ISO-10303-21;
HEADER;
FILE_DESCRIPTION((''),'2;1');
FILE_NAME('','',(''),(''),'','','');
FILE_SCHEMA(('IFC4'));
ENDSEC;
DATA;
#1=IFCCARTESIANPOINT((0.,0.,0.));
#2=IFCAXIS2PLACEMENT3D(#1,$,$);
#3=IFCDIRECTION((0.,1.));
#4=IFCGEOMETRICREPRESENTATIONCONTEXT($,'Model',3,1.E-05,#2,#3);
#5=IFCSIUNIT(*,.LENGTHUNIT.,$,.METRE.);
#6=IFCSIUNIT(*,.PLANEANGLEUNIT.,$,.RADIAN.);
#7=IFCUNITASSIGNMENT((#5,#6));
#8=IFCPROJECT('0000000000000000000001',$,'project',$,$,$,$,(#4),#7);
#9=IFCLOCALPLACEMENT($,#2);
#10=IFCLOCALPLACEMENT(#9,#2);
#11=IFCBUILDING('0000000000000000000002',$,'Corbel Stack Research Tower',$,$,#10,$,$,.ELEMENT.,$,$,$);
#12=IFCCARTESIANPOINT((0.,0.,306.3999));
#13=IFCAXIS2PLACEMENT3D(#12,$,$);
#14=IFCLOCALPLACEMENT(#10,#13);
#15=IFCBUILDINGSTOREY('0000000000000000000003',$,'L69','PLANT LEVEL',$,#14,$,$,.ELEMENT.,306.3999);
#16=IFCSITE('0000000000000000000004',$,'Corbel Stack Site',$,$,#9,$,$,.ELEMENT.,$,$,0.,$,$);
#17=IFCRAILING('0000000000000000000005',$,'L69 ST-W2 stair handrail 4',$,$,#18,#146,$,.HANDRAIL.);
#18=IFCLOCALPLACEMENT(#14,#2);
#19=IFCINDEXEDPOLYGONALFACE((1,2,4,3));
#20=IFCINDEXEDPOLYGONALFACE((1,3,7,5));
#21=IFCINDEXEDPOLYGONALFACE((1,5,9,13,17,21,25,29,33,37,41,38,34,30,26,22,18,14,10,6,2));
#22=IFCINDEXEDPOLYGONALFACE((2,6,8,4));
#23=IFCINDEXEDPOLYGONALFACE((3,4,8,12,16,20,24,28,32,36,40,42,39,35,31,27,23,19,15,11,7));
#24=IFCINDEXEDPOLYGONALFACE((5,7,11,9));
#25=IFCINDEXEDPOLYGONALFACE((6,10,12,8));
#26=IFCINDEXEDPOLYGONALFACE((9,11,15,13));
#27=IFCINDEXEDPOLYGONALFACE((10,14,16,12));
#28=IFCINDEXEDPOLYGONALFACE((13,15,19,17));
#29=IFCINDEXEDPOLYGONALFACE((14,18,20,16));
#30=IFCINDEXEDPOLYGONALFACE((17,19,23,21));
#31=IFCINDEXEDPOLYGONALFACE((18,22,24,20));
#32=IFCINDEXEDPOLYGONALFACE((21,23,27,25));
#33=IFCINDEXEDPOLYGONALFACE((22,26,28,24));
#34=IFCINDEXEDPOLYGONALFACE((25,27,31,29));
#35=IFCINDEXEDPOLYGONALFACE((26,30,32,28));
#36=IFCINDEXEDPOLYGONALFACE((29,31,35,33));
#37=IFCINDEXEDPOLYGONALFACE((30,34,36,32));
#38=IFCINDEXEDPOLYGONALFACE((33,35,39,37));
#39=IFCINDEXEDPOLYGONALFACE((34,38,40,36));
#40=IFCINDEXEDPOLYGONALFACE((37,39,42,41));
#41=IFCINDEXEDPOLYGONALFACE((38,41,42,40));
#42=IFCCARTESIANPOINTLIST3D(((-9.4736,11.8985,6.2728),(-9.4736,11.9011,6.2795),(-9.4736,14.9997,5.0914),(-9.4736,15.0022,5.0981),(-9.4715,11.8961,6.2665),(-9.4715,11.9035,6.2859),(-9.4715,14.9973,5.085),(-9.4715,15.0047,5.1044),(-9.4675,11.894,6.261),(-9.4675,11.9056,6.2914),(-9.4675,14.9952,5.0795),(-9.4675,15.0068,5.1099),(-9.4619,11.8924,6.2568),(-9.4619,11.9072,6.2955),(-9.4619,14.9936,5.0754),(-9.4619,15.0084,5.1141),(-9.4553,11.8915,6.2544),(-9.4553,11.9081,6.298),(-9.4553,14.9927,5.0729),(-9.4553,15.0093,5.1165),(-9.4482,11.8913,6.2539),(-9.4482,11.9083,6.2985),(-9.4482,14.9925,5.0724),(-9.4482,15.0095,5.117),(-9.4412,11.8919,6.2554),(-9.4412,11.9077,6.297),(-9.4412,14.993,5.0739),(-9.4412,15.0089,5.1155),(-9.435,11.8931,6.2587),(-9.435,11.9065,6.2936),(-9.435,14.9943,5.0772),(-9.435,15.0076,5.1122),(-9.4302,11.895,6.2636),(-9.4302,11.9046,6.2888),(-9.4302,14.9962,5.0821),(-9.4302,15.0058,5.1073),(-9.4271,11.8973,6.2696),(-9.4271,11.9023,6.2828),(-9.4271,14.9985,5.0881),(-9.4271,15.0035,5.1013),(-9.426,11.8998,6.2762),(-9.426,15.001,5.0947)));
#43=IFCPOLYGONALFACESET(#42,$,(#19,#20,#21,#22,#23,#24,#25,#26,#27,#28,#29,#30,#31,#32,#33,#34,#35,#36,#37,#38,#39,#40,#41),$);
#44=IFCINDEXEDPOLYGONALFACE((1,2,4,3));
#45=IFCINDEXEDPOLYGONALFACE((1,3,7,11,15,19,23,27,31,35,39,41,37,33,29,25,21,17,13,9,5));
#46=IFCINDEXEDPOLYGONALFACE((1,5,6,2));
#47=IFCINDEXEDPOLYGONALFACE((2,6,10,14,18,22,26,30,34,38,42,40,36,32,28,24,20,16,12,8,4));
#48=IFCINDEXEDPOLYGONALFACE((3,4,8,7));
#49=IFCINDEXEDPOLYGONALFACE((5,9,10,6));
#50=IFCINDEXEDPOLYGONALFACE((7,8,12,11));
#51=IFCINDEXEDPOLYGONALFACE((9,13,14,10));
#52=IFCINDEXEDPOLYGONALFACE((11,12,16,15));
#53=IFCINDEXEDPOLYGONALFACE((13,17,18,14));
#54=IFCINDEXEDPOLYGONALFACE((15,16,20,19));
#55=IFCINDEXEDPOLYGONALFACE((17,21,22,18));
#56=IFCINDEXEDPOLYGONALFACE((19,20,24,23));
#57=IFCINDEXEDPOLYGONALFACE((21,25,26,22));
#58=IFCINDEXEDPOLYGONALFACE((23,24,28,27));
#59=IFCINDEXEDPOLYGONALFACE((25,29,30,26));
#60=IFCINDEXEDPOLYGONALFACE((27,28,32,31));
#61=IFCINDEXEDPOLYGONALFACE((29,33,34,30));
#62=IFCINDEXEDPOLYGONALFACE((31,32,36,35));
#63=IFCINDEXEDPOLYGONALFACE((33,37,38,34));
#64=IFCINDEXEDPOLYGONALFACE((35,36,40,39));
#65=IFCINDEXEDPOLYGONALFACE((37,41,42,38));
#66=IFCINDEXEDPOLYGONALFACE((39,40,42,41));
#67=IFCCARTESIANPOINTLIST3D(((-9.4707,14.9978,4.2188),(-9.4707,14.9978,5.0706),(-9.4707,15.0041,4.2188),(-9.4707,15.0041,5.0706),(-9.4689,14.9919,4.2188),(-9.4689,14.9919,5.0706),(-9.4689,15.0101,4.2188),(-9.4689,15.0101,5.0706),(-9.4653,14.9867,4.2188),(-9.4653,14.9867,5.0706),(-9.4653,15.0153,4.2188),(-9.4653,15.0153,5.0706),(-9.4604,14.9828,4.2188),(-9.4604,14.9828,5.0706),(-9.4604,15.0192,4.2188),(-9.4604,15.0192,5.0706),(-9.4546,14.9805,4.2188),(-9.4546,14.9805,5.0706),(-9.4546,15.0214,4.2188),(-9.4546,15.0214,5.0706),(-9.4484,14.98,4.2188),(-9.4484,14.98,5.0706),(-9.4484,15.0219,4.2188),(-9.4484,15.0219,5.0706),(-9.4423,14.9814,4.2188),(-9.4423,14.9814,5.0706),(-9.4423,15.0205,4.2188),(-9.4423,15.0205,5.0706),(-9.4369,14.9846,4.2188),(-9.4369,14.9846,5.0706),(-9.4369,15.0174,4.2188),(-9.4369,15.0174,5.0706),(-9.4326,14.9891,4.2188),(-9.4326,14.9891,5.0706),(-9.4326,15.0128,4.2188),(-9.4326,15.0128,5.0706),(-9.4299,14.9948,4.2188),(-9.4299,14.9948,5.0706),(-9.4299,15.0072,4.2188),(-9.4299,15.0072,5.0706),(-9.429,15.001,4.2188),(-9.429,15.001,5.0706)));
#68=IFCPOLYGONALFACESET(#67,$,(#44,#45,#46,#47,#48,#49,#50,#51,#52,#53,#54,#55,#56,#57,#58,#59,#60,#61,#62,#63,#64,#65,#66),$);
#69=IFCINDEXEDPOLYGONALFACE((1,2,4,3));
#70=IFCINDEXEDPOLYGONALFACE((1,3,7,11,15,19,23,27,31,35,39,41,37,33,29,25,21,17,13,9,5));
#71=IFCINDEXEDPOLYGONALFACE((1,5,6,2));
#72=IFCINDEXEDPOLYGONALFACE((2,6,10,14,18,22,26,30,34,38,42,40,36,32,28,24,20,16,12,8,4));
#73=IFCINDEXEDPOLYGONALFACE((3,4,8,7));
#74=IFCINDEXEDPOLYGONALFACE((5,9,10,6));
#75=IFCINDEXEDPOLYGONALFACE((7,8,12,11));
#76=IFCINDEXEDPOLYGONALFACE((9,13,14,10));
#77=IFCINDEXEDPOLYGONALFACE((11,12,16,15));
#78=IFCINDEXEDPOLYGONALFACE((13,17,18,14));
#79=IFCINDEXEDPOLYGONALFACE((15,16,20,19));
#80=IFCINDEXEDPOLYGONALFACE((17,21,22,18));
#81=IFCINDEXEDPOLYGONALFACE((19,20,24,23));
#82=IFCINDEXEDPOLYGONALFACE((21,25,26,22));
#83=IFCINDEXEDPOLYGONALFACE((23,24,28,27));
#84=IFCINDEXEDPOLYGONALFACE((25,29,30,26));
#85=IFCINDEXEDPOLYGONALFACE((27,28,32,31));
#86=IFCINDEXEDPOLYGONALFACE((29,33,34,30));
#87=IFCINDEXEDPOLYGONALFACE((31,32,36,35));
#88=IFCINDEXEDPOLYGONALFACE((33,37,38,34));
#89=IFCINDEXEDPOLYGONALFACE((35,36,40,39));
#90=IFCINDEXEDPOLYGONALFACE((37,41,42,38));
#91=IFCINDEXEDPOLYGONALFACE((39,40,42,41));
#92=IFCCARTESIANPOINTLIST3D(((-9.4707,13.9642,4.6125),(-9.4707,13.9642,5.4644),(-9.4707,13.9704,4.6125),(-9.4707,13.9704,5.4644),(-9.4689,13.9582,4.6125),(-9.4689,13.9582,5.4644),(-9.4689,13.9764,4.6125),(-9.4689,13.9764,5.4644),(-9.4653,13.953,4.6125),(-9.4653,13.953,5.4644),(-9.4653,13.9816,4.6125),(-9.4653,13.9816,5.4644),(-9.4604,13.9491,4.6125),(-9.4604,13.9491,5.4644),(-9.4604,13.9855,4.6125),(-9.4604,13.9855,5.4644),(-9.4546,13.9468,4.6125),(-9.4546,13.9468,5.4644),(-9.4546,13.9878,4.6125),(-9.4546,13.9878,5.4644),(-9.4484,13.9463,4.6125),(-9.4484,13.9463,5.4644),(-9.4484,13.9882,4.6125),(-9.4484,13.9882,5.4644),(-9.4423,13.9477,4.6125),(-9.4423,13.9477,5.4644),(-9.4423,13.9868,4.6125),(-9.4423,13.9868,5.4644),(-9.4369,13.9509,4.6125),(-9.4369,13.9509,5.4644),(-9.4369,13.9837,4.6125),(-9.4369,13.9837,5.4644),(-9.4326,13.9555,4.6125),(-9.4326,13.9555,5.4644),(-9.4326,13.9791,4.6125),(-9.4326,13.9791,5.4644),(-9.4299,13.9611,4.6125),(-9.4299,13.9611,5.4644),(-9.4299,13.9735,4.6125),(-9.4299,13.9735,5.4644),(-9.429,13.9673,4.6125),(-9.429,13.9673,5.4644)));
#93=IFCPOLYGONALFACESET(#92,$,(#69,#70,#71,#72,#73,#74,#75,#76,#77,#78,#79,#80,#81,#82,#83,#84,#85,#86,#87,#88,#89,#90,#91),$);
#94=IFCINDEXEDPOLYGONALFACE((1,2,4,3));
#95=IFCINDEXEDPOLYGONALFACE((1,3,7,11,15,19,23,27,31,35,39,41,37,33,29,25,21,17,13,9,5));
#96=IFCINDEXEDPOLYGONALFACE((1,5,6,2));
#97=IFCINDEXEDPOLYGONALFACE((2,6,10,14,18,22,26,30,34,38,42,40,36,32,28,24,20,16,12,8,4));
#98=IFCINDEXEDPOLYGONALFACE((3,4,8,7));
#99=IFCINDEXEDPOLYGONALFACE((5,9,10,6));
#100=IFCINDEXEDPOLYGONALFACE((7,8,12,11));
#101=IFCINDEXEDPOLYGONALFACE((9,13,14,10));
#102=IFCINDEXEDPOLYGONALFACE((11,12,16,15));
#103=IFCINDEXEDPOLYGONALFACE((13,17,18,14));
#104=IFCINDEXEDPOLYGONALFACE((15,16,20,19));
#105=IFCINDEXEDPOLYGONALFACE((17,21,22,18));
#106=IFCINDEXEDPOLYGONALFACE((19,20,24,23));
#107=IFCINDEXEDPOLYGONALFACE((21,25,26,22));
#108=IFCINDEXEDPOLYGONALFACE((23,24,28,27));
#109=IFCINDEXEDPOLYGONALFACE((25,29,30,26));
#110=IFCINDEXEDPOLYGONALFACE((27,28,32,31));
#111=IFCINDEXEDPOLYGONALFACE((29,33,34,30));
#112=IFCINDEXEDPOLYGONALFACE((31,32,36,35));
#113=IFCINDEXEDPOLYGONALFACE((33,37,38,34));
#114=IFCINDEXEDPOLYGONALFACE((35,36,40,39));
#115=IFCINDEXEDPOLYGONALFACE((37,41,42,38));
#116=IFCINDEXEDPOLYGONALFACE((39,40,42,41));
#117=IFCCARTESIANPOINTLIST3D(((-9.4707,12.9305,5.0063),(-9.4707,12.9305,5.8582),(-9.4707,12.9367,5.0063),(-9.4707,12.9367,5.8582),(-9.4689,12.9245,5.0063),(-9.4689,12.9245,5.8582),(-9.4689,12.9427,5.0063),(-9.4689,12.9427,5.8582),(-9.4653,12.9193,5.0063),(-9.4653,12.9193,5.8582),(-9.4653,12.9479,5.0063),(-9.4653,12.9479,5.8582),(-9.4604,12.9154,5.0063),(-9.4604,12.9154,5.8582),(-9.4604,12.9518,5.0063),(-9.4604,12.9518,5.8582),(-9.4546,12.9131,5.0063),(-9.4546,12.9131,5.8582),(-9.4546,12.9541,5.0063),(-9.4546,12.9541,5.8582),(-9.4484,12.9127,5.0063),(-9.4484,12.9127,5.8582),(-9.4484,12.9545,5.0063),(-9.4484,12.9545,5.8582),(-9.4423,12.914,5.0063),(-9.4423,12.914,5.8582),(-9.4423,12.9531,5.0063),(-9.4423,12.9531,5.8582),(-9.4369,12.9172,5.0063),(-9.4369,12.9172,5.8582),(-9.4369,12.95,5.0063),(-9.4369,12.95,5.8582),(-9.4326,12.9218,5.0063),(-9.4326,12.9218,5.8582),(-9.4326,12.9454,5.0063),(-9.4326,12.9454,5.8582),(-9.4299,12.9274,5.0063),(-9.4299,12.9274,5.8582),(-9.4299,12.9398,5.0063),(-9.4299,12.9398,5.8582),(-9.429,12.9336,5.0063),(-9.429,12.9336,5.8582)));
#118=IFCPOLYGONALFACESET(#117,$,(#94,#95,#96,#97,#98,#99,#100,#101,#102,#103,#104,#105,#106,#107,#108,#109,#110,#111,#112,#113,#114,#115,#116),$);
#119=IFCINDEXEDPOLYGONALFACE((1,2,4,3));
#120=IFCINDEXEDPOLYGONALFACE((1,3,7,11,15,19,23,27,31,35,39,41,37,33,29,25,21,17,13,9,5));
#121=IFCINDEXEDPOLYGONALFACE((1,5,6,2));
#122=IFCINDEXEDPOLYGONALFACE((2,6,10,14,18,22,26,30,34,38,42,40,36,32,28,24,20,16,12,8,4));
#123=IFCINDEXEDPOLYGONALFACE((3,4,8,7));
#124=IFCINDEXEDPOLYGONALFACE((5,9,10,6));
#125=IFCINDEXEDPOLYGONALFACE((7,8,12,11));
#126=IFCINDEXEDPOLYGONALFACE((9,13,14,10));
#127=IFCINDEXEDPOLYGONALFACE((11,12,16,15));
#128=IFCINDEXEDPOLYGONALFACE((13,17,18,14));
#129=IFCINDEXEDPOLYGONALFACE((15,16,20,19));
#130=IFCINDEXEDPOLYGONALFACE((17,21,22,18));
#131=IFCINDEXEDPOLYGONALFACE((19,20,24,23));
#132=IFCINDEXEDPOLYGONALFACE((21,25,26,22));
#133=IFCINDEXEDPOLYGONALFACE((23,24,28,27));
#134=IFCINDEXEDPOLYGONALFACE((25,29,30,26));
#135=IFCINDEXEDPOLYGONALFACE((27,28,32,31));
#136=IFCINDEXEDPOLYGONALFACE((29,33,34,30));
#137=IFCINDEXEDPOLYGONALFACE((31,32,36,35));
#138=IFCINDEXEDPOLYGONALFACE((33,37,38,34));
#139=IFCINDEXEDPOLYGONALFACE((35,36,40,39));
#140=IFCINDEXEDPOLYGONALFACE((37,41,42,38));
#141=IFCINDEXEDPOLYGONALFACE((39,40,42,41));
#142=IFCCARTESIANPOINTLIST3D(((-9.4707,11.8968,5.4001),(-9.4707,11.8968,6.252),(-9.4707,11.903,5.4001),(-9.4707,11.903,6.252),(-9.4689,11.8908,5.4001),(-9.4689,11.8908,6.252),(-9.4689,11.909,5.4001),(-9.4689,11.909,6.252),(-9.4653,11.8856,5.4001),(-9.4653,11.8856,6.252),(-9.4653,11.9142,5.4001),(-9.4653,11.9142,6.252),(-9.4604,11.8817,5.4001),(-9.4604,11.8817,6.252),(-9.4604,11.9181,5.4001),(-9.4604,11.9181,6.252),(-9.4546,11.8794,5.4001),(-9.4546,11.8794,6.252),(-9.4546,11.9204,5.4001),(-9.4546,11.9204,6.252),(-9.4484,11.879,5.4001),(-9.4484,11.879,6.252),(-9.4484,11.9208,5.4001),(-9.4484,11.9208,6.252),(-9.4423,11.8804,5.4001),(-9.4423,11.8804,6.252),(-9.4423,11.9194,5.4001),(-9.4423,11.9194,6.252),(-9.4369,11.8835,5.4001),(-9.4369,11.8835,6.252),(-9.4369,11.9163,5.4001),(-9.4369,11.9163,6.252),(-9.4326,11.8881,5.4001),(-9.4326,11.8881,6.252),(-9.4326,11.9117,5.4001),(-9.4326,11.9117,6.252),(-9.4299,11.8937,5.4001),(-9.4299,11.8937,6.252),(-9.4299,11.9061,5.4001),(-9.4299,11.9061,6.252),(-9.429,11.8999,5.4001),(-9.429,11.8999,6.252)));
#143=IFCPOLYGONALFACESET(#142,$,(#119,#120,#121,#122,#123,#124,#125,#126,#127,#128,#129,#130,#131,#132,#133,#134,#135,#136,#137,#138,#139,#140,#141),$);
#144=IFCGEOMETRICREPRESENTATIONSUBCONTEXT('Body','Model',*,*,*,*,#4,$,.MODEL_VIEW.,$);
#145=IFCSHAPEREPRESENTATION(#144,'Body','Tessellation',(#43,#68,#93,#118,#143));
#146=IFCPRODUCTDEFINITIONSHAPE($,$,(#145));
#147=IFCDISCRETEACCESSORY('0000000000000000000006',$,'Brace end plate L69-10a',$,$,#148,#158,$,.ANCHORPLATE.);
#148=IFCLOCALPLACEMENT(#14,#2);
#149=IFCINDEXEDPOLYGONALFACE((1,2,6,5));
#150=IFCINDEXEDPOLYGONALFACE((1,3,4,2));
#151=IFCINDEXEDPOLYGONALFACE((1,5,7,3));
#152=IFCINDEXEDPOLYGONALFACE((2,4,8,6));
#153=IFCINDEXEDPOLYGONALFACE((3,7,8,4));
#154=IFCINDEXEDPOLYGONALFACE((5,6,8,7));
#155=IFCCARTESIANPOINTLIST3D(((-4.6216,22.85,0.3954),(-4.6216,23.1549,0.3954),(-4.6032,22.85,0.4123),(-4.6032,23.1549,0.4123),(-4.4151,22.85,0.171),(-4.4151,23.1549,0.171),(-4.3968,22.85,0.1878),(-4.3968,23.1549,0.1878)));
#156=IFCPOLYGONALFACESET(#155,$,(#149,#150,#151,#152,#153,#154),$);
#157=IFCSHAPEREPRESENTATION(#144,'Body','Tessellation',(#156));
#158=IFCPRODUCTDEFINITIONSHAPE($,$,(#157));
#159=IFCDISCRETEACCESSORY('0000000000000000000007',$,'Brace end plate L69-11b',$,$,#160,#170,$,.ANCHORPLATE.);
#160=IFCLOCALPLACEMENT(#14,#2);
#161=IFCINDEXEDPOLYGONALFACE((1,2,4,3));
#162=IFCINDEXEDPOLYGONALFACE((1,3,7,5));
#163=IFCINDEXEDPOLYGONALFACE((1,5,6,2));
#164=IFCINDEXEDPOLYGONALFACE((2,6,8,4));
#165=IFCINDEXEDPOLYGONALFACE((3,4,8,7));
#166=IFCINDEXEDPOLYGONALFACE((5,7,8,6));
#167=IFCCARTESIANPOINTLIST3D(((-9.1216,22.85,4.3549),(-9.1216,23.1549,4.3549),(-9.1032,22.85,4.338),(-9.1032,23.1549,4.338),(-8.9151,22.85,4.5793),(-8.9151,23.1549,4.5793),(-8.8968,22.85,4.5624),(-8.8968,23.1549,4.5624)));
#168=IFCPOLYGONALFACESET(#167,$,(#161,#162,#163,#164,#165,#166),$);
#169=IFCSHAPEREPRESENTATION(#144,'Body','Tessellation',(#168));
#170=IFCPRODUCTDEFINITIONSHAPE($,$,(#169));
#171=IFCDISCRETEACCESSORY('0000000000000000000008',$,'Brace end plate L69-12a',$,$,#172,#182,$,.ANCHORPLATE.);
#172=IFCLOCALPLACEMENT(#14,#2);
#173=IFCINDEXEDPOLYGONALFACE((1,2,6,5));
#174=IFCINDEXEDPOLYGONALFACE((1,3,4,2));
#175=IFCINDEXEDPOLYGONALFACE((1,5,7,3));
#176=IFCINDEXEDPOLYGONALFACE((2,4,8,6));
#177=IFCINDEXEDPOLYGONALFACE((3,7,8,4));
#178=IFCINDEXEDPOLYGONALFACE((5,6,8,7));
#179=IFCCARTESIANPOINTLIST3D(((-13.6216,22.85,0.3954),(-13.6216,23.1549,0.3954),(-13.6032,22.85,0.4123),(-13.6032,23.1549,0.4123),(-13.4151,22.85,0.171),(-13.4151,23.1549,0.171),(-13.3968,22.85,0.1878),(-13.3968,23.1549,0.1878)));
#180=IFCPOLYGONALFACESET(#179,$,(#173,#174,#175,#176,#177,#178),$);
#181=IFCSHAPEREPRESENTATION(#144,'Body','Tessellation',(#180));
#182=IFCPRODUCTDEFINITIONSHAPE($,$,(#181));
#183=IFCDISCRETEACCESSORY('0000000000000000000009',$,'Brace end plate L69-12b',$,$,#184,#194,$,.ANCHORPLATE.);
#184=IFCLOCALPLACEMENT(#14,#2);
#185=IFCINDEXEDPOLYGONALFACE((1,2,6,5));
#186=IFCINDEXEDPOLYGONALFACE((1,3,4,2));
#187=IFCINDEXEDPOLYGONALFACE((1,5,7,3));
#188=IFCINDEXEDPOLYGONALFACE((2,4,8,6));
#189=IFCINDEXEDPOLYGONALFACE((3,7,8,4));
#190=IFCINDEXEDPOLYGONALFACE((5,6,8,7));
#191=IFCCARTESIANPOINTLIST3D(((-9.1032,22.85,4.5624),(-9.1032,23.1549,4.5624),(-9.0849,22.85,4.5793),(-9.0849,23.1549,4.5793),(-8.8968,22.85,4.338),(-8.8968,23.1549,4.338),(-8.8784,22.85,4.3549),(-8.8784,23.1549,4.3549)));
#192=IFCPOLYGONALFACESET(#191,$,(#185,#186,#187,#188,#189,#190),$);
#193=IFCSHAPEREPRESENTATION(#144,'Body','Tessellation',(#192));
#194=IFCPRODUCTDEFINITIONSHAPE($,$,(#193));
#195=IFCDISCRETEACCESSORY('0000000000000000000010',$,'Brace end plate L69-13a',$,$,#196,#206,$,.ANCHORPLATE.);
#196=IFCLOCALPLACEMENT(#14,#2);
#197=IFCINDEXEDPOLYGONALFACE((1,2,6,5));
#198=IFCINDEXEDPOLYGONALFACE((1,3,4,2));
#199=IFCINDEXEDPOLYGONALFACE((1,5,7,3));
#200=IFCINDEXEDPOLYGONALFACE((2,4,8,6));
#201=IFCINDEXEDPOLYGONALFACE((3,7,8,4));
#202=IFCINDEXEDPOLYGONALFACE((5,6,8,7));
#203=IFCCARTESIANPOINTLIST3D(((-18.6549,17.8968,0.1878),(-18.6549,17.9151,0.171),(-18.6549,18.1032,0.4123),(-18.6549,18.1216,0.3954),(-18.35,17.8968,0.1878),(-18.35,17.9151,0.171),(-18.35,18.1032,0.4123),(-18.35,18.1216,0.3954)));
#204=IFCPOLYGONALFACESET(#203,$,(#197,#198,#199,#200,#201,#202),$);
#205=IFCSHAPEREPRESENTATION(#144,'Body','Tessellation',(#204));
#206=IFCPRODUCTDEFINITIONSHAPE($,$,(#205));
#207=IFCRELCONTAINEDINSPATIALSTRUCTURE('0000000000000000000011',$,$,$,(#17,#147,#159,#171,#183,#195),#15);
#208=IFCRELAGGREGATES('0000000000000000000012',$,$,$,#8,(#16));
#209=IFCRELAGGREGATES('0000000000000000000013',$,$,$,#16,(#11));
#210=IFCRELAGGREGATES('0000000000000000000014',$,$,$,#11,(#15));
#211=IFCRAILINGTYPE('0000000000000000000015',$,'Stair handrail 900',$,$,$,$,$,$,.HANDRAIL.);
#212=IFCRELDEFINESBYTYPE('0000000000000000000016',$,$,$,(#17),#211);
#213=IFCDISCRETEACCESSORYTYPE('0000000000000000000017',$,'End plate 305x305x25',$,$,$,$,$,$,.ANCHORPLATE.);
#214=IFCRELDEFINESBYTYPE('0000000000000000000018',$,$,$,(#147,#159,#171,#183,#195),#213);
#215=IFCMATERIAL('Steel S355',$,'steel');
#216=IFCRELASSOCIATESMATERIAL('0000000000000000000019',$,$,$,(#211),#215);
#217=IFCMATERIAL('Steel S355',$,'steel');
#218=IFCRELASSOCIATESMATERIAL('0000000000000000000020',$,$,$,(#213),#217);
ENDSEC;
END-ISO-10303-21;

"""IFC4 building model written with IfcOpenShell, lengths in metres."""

from ifc_helpers import new_model, si_unit, direction, frame, origin, origin_2d, place, context, subcontext, project, spatial, rectangle, circle, extrude, material, material_profile, profile_set, type_object, element, save


model = new_model("IFC4")

# Units and contexts
model_context = context("Model", 3, precision=1e-05, world=origin(), true_north=direction((0.0, 1.0)))
body_context = subcontext(model_context, "Body", "Model", "MODEL_VIEW")
ifc_project = project(units=[si_unit("LENGTHUNIT", "METRE"), si_unit("PLANEANGLEUNIT", "RADIAN")], contexts=[model_context])

# Site, building, storey
site_placement = place(None, origin())
site = spatial("IfcSite", under=ifc_project, at=site_placement, Name="Corbel Stack Site", CompositionType="ELEMENT", RefElevation=0.0)
building_placement = place(site_placement, origin())
building = spatial("IfcBuilding", under=site, at=building_placement, Name="Corbel Stack Research Tower", CompositionType="ELEMENT")
storey_placement = place(building_placement, frame((0.0, 0.0, 306.3999)))
storey = spatial("IfcBuildingStorey", under=building, at=storey_placement, Name="L69", Description="PLANT LEVEL", CompositionType="ELEMENT", Elevation=306.3999)

# Railing
ifc_material_1 = material(Name="Steel S355", Category="steel")
railing_type_1 = type_object("IfcRailingType", Name="Stair handrail 900", PredefinedType="HANDRAIL", material=ifc_material_1)
for number, where, name in (
    (1, (-9.45, 15.001, 4.2188), "L69 ST-W2 stair handrail 4"),
):
    element("IfcRailing", number, at=place(storey_placement, frame(where)), inside=storey, type_object=railing_type_1, Name=name, PredefinedType="HANDRAIL", context=body_context, shape_type="SweptSolid", body=[
        extrude(circle(Radius=0.0239, at=origin_2d()), frame((0.0, 0.0, 0.876), z_axis=(0.0, -0.934484, 0.356005), x_axis=(1.0, 0.0, 0.0)), (0.0, 0.0, 1.0), 3.3186),
        extrude(circle(Radius=0.021, at=origin_2d()), origin(), (0.0, 0.0, 1.0), 0.8518),
        extrude(circle(Radius=0.021, at=origin_2d()), frame((0.0, -1.0337, 0.3938)), (0.0, 0.0, 1.0), 0.8518),
        extrude(circle(Radius=0.021, at=origin_2d()), frame((0.0, -2.0674, 0.7876)), (0.0, 0.0, 1.0), 0.8518),
        extrude(circle(Radius=0.021, at=origin_2d()), frame((0.0, -3.1011, 1.1814)), (0.0, 0.0, 1.0), 0.8518),
    ])

# Discrete accessories
ifc_material_2 = material(Name="Steel S355", Category="steel")
ifc_material_profile_1 = material_profile(ifc_material_2, rectangle(XDim=0.3049, YDim=0.3049, at=origin_2d()), Name="End plate 305x305x25")
ifc_profile_set_1 = profile_set([ifc_material_profile_1], Name="Steel S355")
discrete_accessory_type = type_object("IfcDiscreteAccessoryType", Name="End plate 305x305x25", PredefinedType="ANCHORPLATE", material=ifc_profile_set_1)
for number, where, z_axis, x_axis, name in (
    (2, (-4.5, 23.0024, 0.3), (-0.735931, 0.0, -0.677057), (0.0, -1.0, 0.0), "Brace end plate L69-10a"),
    (3, (-9.0, 23.0024, 4.4502), (-0.735931, 0.0, 0.677057), (0.0, -1.0, 0.0), "Brace end plate L69-11b"),
    (4, (-13.5, 23.0024, 0.3), (-0.735931, 0.0, -0.677057), (0.0, -1.0, 0.0), "Brace end plate L69-12a"),
    (5, (-9.0, 23.0024, 4.4502), (0.735931, 0.0, 0.677057), (0.0, 1.0, 0.0), "Brace end plate L69-12b"),
    (6, (-18.5024, 18.0, 0.3), (0.0, 0.735931, -0.677057), (-1.0, 0.0, 0.0), "Brace end plate L69-13a"),
):
    element("IfcDiscreteAccessory", number, at=place(storey_placement, frame(where, z_axis=z_axis, x_axis=x_axis)), inside=storey, type_object=discrete_accessory_type, Name=name, PredefinedType="ANCHORPLATE", context=body_context, shape_type="SweptSolid", body=[
        extrude(rectangle(XDim=0.3049, YDim=0.3049, at=origin_2d()), origin(), (0.0, 0.0, 1.0), 0.0249),
    ])

save(model, "model.ifc")
